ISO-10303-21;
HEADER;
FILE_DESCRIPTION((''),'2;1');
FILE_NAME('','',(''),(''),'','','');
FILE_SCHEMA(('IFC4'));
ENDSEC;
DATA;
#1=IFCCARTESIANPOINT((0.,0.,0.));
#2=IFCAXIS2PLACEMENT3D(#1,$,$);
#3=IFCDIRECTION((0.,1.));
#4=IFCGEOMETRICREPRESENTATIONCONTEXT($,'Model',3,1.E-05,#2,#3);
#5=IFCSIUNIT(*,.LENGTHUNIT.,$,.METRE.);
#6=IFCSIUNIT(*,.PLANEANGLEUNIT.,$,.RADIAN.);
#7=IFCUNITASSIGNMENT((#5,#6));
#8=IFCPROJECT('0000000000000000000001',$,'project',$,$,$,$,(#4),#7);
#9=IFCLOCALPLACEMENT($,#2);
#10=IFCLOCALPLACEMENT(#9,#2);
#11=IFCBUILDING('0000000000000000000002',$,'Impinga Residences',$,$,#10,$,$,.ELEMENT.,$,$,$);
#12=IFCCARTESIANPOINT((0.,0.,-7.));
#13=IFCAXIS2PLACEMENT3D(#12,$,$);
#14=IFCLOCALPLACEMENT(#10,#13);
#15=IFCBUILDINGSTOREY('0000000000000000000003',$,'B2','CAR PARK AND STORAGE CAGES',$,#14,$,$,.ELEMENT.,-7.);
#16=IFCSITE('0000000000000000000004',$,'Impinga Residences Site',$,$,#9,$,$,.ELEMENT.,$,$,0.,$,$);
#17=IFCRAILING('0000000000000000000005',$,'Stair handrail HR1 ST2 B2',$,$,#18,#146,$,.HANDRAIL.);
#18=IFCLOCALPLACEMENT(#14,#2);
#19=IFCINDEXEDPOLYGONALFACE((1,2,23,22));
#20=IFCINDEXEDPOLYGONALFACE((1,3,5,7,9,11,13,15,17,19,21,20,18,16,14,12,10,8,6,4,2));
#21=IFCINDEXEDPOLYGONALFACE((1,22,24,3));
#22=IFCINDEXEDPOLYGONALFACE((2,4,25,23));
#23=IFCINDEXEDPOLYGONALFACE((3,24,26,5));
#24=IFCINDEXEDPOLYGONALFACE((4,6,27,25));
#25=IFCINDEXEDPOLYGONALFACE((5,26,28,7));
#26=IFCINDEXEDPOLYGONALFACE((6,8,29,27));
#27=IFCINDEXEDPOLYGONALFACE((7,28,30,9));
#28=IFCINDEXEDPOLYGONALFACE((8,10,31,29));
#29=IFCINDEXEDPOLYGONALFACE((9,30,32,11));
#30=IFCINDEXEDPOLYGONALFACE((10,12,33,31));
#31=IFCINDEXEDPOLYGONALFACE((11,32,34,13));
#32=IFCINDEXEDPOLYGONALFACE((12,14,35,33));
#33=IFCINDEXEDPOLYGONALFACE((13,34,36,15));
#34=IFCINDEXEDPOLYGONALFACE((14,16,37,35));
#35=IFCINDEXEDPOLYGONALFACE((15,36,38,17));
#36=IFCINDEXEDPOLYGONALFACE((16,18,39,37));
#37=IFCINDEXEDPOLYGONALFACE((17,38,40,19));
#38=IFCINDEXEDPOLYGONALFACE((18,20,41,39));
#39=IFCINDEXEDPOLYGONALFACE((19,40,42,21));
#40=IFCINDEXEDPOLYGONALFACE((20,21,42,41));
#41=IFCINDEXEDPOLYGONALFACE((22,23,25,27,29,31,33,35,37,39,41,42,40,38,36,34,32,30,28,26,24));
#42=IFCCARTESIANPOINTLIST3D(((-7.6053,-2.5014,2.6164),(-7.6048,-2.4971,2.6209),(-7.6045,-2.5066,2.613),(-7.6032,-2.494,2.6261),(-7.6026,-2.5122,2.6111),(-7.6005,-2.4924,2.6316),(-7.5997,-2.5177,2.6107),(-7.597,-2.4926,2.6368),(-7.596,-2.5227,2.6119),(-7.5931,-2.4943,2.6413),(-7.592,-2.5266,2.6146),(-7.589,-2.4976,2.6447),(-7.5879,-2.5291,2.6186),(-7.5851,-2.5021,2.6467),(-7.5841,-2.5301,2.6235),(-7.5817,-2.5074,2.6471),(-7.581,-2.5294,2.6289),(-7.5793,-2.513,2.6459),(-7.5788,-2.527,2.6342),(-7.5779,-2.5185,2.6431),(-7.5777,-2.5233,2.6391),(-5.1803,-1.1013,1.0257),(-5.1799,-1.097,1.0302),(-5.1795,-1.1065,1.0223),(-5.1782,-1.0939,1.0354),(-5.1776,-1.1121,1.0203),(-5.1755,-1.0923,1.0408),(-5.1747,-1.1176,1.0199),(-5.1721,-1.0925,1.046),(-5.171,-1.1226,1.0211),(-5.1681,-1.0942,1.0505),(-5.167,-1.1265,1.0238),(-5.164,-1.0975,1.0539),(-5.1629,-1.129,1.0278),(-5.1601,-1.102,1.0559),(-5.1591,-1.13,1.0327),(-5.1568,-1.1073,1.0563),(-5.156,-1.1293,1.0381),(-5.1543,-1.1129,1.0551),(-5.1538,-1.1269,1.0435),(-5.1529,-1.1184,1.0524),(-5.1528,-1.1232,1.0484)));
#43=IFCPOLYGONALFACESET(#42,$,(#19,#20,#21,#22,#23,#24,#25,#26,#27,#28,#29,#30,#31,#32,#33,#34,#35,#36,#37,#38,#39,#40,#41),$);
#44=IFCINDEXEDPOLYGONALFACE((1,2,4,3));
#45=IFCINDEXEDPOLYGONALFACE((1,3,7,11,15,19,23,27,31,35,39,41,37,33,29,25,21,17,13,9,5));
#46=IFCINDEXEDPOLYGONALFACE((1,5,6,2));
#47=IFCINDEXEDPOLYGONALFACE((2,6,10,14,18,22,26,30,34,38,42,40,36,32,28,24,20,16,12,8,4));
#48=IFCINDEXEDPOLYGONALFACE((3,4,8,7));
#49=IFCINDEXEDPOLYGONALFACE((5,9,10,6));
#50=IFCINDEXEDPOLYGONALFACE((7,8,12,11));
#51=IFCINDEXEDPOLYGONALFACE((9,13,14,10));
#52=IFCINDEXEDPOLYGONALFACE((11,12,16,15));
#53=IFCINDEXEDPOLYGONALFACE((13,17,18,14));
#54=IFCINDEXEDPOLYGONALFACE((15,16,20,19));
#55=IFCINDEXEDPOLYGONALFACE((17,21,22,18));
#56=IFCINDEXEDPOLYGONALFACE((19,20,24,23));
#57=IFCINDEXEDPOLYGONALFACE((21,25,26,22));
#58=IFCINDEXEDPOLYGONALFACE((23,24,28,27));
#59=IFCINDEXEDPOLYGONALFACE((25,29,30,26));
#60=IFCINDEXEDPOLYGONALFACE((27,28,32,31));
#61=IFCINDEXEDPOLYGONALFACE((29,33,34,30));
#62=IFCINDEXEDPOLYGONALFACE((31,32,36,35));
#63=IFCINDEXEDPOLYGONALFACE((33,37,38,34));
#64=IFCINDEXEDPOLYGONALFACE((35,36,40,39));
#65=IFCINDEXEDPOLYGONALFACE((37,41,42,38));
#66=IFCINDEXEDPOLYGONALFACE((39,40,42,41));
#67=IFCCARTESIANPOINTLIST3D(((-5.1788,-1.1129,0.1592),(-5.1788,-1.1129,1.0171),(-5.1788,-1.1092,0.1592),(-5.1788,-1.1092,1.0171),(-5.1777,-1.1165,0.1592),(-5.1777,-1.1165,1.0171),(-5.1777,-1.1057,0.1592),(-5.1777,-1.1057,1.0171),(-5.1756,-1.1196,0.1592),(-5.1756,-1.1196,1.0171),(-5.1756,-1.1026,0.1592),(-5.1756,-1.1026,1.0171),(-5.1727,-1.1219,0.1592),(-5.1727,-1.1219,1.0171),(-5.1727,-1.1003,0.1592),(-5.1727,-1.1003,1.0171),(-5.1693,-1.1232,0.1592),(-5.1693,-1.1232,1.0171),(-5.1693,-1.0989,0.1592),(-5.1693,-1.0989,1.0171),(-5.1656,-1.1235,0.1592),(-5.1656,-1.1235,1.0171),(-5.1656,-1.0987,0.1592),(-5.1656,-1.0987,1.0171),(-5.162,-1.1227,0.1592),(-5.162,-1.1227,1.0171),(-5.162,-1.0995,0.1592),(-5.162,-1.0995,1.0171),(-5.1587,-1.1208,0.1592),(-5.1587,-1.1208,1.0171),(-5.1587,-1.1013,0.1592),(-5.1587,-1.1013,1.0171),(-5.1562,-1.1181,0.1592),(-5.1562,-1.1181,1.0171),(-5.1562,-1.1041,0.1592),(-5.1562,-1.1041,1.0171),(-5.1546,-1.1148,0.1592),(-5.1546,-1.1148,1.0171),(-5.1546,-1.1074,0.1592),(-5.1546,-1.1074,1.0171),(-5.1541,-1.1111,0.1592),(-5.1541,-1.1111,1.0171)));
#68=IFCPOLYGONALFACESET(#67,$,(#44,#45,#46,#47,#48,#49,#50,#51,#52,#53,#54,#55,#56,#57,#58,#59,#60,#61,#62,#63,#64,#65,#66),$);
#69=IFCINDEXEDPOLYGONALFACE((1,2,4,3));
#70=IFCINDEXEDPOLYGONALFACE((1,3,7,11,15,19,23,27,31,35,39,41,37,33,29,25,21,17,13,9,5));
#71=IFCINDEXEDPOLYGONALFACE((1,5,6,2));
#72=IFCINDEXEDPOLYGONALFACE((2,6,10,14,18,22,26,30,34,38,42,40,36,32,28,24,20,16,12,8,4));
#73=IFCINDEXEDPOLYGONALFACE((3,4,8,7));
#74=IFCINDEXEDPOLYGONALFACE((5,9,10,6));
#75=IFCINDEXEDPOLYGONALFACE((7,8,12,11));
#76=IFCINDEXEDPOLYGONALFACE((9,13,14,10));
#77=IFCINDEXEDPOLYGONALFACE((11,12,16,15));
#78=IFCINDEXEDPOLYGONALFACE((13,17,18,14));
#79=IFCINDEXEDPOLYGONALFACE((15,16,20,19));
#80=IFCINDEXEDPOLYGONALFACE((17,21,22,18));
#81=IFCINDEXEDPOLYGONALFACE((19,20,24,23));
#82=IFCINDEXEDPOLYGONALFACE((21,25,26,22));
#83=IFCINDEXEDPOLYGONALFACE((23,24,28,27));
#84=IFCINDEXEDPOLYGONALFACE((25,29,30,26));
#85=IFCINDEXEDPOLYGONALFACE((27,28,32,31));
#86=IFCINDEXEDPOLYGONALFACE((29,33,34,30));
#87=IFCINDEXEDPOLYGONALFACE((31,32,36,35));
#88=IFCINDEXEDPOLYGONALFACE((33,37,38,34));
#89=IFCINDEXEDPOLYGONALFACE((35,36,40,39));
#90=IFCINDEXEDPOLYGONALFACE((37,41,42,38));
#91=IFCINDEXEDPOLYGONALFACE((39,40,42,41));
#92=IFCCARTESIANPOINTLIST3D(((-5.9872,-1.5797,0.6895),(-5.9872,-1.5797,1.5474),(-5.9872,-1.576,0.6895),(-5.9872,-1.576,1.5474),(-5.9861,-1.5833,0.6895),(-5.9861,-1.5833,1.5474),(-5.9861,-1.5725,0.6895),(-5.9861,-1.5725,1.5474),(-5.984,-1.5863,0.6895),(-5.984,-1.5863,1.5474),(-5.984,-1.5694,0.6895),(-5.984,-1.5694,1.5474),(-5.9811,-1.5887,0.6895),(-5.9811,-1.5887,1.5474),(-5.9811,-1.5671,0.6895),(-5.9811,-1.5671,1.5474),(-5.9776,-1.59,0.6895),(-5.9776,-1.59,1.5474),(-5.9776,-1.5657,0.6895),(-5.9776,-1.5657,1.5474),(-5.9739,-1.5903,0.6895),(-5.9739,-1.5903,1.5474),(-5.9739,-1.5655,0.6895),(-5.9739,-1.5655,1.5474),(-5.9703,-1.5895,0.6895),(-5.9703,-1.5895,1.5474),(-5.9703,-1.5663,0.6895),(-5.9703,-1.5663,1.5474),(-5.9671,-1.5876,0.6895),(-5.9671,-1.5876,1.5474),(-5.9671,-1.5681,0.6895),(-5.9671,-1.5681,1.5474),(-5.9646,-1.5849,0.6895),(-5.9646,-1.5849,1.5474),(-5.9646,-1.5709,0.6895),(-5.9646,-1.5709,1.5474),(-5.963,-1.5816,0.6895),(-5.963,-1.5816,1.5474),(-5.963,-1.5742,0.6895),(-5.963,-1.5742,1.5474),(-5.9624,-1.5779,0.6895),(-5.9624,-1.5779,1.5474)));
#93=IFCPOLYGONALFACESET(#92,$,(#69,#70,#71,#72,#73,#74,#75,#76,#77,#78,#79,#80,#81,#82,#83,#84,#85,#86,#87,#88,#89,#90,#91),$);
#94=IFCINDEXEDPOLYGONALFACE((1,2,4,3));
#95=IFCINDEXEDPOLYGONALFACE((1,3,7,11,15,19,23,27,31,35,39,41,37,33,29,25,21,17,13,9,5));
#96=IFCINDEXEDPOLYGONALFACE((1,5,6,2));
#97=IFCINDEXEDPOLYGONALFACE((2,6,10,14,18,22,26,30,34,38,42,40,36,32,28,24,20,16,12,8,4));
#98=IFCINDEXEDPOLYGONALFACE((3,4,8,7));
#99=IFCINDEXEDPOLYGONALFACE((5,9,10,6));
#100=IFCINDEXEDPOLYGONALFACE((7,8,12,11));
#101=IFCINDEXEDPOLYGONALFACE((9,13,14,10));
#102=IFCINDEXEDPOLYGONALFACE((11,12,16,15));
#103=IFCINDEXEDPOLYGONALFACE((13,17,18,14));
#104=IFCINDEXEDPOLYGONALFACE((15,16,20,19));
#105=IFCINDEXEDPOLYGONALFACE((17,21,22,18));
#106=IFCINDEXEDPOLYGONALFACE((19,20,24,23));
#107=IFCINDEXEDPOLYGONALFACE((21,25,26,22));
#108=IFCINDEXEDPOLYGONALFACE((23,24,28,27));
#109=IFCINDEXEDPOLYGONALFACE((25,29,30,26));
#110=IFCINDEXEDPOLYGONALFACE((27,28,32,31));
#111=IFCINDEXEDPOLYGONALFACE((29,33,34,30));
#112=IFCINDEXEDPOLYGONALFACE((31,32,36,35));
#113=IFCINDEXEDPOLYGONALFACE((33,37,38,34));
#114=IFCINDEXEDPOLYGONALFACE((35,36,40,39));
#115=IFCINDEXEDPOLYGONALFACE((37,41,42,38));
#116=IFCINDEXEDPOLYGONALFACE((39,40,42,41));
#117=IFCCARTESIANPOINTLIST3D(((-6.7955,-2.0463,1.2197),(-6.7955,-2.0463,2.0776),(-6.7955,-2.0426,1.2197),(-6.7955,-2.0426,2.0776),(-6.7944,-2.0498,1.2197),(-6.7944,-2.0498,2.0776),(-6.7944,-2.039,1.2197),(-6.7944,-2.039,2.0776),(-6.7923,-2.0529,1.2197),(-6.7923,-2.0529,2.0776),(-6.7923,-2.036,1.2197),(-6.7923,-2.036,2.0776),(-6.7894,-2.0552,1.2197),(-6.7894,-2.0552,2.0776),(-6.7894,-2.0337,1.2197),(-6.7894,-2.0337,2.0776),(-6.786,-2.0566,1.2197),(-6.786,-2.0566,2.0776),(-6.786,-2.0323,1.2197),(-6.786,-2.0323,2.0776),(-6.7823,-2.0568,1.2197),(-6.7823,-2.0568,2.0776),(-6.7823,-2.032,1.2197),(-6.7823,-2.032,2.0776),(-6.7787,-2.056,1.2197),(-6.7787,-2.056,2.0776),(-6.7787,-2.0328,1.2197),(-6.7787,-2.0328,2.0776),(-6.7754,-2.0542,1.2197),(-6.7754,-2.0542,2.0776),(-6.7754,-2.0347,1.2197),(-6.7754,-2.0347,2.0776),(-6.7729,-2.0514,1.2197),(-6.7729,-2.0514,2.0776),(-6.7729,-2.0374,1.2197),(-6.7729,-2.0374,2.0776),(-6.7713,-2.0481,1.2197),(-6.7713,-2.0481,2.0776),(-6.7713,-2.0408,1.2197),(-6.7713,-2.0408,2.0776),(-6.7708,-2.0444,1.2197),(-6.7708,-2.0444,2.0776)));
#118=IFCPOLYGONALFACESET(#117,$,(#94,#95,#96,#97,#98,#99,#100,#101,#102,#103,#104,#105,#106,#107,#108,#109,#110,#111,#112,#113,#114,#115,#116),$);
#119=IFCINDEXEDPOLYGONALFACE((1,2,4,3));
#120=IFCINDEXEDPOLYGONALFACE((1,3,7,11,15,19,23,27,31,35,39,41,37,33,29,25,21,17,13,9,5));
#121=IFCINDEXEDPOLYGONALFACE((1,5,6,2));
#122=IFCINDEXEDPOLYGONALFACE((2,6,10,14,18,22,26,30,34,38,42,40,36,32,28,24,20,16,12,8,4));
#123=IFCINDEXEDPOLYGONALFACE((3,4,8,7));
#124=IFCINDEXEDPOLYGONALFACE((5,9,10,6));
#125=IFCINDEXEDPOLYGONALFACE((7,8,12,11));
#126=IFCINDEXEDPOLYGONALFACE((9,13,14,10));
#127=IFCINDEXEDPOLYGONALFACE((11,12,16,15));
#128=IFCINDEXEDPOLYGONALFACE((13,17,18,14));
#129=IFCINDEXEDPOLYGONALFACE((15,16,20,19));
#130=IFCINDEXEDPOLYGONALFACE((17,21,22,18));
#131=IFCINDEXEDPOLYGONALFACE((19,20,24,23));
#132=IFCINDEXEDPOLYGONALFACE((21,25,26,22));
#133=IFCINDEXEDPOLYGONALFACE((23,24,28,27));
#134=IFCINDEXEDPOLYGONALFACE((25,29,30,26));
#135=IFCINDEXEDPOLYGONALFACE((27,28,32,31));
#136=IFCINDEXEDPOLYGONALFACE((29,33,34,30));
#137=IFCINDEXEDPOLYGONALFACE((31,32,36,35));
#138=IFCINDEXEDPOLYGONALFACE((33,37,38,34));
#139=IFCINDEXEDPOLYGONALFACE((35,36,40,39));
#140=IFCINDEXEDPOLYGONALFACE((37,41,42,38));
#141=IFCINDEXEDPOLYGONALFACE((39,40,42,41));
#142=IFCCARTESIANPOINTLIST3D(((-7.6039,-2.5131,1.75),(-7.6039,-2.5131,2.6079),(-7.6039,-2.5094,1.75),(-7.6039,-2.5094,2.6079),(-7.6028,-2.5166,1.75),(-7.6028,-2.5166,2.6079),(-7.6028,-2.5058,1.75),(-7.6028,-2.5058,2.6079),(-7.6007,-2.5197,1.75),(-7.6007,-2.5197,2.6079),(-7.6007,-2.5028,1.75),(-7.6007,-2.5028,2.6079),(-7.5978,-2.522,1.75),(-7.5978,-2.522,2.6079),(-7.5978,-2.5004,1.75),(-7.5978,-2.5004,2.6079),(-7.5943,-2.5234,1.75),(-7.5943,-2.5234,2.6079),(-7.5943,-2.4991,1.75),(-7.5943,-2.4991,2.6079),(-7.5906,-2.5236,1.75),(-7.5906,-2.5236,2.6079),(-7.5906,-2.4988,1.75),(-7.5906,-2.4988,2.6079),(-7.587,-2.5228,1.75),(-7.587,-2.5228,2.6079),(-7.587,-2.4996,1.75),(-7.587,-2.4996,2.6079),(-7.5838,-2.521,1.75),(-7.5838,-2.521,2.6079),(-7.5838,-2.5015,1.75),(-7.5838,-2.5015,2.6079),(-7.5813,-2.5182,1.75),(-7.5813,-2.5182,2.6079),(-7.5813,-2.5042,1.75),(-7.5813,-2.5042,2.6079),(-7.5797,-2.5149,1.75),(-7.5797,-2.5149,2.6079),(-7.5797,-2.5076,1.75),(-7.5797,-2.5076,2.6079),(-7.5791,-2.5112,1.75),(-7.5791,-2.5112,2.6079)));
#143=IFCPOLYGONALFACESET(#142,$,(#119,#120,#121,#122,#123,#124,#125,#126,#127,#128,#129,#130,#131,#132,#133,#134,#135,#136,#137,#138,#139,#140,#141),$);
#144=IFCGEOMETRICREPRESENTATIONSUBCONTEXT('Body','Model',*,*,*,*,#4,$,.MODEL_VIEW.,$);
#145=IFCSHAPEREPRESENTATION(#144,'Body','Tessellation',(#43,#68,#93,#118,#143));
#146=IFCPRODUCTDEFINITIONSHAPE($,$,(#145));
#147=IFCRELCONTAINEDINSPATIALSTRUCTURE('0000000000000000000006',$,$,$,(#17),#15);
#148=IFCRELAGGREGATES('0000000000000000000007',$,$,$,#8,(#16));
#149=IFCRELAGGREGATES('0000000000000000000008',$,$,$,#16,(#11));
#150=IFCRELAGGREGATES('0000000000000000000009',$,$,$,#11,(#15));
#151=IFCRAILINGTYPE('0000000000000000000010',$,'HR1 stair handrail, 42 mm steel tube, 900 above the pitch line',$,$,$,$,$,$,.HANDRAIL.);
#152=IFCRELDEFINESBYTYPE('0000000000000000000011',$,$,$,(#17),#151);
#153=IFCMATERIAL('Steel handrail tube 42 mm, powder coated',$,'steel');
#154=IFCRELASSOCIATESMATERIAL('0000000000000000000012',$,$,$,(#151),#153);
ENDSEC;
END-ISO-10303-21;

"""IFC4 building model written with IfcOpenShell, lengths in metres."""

from ifc_helpers import new_model, si_unit, direction, frame, origin, origin_2d, place, context, subcontext, project, spatial, circle, extrude, material, type_object, element, save


model = new_model("IFC4")

# Units and contexts
model_context = context("Model", 3, precision=1e-05, world=origin(), true_north=direction((0.0, 1.0)))
body_context = subcontext(model_context, "Body", "Model", "MODEL_VIEW")
ifc_project = project(units=[si_unit("LENGTHUNIT", "METRE"), si_unit("PLANEANGLEUNIT", "RADIAN")], contexts=[model_context])

# Site, building, storey
site_placement = place(None, origin())
site = spatial("IfcSite", under=ifc_project, at=site_placement, Name="Impinga Residences Site", CompositionType="ELEMENT", RefElevation=0.0)
building_placement = place(site_placement, origin())
building = spatial("IfcBuilding", under=site, at=building_placement, Name="Impinga Residences", CompositionType="ELEMENT")
storey_placement = place(building_placement, frame((0.0, 0.0, -7.0)))
storey = spatial("IfcBuildingStorey", under=building, at=storey_placement, Name="B2", Description="CAR PARK AND STORAGE CAGES", CompositionType="ELEMENT", Elevation=-7.0)

# Railing
ifc_material_1 = material(Name="Steel handrail tube 42 mm, powder coated", Category="steel")
railing_type = type_object("IfcRailingType", Name="HR1 stair handrail, 42 mm steel tube, 900 above the pitch line", PredefinedType="HANDRAIL", material=ifc_material_1)
railing_placement = place(storey_placement, frame((-5.1665, -1.1111, 0.1592)))
element("IfcRailing", 1, at=railing_placement, inside=storey, type_object=railing_type, Name="Stair handrail HR1 ST2 B2", PredefinedType="HANDRAIL", context=body_context, shape_type="SweptSolid", body=[
    extrude(circle(Radius=0.021, at=origin_2d()), frame((0.0, 0.0, 0.8789), z_axis=(-0.752991, -0.434753, 0.493958), x_axis=(0.500012, -0.866019, 0.0)), (0.0, 0.0, 1.0), 3.2205),
    extrude(circle(Radius=0.0125, at=origin_2d()), origin(), (0.0, 0.0, 1.0), 0.8579),
    extrude(circle(Radius=0.0125, at=origin_2d()), frame((-0.8083, -0.4668, 0.5303)), (0.0, 0.0, 1.0), 0.8579),
    extrude(circle(Radius=0.0125, at=origin_2d()), frame((-1.6167, -0.9333, 1.0605)), (0.0, 0.0, 1.0), 0.8579),
    extrude(circle(Radius=0.0125, at=origin_2d()), frame((-2.425, -1.4001, 1.5908)), (0.0, 0.0, 1.0), 0.8579),
])

save(model, "model.ifc")
